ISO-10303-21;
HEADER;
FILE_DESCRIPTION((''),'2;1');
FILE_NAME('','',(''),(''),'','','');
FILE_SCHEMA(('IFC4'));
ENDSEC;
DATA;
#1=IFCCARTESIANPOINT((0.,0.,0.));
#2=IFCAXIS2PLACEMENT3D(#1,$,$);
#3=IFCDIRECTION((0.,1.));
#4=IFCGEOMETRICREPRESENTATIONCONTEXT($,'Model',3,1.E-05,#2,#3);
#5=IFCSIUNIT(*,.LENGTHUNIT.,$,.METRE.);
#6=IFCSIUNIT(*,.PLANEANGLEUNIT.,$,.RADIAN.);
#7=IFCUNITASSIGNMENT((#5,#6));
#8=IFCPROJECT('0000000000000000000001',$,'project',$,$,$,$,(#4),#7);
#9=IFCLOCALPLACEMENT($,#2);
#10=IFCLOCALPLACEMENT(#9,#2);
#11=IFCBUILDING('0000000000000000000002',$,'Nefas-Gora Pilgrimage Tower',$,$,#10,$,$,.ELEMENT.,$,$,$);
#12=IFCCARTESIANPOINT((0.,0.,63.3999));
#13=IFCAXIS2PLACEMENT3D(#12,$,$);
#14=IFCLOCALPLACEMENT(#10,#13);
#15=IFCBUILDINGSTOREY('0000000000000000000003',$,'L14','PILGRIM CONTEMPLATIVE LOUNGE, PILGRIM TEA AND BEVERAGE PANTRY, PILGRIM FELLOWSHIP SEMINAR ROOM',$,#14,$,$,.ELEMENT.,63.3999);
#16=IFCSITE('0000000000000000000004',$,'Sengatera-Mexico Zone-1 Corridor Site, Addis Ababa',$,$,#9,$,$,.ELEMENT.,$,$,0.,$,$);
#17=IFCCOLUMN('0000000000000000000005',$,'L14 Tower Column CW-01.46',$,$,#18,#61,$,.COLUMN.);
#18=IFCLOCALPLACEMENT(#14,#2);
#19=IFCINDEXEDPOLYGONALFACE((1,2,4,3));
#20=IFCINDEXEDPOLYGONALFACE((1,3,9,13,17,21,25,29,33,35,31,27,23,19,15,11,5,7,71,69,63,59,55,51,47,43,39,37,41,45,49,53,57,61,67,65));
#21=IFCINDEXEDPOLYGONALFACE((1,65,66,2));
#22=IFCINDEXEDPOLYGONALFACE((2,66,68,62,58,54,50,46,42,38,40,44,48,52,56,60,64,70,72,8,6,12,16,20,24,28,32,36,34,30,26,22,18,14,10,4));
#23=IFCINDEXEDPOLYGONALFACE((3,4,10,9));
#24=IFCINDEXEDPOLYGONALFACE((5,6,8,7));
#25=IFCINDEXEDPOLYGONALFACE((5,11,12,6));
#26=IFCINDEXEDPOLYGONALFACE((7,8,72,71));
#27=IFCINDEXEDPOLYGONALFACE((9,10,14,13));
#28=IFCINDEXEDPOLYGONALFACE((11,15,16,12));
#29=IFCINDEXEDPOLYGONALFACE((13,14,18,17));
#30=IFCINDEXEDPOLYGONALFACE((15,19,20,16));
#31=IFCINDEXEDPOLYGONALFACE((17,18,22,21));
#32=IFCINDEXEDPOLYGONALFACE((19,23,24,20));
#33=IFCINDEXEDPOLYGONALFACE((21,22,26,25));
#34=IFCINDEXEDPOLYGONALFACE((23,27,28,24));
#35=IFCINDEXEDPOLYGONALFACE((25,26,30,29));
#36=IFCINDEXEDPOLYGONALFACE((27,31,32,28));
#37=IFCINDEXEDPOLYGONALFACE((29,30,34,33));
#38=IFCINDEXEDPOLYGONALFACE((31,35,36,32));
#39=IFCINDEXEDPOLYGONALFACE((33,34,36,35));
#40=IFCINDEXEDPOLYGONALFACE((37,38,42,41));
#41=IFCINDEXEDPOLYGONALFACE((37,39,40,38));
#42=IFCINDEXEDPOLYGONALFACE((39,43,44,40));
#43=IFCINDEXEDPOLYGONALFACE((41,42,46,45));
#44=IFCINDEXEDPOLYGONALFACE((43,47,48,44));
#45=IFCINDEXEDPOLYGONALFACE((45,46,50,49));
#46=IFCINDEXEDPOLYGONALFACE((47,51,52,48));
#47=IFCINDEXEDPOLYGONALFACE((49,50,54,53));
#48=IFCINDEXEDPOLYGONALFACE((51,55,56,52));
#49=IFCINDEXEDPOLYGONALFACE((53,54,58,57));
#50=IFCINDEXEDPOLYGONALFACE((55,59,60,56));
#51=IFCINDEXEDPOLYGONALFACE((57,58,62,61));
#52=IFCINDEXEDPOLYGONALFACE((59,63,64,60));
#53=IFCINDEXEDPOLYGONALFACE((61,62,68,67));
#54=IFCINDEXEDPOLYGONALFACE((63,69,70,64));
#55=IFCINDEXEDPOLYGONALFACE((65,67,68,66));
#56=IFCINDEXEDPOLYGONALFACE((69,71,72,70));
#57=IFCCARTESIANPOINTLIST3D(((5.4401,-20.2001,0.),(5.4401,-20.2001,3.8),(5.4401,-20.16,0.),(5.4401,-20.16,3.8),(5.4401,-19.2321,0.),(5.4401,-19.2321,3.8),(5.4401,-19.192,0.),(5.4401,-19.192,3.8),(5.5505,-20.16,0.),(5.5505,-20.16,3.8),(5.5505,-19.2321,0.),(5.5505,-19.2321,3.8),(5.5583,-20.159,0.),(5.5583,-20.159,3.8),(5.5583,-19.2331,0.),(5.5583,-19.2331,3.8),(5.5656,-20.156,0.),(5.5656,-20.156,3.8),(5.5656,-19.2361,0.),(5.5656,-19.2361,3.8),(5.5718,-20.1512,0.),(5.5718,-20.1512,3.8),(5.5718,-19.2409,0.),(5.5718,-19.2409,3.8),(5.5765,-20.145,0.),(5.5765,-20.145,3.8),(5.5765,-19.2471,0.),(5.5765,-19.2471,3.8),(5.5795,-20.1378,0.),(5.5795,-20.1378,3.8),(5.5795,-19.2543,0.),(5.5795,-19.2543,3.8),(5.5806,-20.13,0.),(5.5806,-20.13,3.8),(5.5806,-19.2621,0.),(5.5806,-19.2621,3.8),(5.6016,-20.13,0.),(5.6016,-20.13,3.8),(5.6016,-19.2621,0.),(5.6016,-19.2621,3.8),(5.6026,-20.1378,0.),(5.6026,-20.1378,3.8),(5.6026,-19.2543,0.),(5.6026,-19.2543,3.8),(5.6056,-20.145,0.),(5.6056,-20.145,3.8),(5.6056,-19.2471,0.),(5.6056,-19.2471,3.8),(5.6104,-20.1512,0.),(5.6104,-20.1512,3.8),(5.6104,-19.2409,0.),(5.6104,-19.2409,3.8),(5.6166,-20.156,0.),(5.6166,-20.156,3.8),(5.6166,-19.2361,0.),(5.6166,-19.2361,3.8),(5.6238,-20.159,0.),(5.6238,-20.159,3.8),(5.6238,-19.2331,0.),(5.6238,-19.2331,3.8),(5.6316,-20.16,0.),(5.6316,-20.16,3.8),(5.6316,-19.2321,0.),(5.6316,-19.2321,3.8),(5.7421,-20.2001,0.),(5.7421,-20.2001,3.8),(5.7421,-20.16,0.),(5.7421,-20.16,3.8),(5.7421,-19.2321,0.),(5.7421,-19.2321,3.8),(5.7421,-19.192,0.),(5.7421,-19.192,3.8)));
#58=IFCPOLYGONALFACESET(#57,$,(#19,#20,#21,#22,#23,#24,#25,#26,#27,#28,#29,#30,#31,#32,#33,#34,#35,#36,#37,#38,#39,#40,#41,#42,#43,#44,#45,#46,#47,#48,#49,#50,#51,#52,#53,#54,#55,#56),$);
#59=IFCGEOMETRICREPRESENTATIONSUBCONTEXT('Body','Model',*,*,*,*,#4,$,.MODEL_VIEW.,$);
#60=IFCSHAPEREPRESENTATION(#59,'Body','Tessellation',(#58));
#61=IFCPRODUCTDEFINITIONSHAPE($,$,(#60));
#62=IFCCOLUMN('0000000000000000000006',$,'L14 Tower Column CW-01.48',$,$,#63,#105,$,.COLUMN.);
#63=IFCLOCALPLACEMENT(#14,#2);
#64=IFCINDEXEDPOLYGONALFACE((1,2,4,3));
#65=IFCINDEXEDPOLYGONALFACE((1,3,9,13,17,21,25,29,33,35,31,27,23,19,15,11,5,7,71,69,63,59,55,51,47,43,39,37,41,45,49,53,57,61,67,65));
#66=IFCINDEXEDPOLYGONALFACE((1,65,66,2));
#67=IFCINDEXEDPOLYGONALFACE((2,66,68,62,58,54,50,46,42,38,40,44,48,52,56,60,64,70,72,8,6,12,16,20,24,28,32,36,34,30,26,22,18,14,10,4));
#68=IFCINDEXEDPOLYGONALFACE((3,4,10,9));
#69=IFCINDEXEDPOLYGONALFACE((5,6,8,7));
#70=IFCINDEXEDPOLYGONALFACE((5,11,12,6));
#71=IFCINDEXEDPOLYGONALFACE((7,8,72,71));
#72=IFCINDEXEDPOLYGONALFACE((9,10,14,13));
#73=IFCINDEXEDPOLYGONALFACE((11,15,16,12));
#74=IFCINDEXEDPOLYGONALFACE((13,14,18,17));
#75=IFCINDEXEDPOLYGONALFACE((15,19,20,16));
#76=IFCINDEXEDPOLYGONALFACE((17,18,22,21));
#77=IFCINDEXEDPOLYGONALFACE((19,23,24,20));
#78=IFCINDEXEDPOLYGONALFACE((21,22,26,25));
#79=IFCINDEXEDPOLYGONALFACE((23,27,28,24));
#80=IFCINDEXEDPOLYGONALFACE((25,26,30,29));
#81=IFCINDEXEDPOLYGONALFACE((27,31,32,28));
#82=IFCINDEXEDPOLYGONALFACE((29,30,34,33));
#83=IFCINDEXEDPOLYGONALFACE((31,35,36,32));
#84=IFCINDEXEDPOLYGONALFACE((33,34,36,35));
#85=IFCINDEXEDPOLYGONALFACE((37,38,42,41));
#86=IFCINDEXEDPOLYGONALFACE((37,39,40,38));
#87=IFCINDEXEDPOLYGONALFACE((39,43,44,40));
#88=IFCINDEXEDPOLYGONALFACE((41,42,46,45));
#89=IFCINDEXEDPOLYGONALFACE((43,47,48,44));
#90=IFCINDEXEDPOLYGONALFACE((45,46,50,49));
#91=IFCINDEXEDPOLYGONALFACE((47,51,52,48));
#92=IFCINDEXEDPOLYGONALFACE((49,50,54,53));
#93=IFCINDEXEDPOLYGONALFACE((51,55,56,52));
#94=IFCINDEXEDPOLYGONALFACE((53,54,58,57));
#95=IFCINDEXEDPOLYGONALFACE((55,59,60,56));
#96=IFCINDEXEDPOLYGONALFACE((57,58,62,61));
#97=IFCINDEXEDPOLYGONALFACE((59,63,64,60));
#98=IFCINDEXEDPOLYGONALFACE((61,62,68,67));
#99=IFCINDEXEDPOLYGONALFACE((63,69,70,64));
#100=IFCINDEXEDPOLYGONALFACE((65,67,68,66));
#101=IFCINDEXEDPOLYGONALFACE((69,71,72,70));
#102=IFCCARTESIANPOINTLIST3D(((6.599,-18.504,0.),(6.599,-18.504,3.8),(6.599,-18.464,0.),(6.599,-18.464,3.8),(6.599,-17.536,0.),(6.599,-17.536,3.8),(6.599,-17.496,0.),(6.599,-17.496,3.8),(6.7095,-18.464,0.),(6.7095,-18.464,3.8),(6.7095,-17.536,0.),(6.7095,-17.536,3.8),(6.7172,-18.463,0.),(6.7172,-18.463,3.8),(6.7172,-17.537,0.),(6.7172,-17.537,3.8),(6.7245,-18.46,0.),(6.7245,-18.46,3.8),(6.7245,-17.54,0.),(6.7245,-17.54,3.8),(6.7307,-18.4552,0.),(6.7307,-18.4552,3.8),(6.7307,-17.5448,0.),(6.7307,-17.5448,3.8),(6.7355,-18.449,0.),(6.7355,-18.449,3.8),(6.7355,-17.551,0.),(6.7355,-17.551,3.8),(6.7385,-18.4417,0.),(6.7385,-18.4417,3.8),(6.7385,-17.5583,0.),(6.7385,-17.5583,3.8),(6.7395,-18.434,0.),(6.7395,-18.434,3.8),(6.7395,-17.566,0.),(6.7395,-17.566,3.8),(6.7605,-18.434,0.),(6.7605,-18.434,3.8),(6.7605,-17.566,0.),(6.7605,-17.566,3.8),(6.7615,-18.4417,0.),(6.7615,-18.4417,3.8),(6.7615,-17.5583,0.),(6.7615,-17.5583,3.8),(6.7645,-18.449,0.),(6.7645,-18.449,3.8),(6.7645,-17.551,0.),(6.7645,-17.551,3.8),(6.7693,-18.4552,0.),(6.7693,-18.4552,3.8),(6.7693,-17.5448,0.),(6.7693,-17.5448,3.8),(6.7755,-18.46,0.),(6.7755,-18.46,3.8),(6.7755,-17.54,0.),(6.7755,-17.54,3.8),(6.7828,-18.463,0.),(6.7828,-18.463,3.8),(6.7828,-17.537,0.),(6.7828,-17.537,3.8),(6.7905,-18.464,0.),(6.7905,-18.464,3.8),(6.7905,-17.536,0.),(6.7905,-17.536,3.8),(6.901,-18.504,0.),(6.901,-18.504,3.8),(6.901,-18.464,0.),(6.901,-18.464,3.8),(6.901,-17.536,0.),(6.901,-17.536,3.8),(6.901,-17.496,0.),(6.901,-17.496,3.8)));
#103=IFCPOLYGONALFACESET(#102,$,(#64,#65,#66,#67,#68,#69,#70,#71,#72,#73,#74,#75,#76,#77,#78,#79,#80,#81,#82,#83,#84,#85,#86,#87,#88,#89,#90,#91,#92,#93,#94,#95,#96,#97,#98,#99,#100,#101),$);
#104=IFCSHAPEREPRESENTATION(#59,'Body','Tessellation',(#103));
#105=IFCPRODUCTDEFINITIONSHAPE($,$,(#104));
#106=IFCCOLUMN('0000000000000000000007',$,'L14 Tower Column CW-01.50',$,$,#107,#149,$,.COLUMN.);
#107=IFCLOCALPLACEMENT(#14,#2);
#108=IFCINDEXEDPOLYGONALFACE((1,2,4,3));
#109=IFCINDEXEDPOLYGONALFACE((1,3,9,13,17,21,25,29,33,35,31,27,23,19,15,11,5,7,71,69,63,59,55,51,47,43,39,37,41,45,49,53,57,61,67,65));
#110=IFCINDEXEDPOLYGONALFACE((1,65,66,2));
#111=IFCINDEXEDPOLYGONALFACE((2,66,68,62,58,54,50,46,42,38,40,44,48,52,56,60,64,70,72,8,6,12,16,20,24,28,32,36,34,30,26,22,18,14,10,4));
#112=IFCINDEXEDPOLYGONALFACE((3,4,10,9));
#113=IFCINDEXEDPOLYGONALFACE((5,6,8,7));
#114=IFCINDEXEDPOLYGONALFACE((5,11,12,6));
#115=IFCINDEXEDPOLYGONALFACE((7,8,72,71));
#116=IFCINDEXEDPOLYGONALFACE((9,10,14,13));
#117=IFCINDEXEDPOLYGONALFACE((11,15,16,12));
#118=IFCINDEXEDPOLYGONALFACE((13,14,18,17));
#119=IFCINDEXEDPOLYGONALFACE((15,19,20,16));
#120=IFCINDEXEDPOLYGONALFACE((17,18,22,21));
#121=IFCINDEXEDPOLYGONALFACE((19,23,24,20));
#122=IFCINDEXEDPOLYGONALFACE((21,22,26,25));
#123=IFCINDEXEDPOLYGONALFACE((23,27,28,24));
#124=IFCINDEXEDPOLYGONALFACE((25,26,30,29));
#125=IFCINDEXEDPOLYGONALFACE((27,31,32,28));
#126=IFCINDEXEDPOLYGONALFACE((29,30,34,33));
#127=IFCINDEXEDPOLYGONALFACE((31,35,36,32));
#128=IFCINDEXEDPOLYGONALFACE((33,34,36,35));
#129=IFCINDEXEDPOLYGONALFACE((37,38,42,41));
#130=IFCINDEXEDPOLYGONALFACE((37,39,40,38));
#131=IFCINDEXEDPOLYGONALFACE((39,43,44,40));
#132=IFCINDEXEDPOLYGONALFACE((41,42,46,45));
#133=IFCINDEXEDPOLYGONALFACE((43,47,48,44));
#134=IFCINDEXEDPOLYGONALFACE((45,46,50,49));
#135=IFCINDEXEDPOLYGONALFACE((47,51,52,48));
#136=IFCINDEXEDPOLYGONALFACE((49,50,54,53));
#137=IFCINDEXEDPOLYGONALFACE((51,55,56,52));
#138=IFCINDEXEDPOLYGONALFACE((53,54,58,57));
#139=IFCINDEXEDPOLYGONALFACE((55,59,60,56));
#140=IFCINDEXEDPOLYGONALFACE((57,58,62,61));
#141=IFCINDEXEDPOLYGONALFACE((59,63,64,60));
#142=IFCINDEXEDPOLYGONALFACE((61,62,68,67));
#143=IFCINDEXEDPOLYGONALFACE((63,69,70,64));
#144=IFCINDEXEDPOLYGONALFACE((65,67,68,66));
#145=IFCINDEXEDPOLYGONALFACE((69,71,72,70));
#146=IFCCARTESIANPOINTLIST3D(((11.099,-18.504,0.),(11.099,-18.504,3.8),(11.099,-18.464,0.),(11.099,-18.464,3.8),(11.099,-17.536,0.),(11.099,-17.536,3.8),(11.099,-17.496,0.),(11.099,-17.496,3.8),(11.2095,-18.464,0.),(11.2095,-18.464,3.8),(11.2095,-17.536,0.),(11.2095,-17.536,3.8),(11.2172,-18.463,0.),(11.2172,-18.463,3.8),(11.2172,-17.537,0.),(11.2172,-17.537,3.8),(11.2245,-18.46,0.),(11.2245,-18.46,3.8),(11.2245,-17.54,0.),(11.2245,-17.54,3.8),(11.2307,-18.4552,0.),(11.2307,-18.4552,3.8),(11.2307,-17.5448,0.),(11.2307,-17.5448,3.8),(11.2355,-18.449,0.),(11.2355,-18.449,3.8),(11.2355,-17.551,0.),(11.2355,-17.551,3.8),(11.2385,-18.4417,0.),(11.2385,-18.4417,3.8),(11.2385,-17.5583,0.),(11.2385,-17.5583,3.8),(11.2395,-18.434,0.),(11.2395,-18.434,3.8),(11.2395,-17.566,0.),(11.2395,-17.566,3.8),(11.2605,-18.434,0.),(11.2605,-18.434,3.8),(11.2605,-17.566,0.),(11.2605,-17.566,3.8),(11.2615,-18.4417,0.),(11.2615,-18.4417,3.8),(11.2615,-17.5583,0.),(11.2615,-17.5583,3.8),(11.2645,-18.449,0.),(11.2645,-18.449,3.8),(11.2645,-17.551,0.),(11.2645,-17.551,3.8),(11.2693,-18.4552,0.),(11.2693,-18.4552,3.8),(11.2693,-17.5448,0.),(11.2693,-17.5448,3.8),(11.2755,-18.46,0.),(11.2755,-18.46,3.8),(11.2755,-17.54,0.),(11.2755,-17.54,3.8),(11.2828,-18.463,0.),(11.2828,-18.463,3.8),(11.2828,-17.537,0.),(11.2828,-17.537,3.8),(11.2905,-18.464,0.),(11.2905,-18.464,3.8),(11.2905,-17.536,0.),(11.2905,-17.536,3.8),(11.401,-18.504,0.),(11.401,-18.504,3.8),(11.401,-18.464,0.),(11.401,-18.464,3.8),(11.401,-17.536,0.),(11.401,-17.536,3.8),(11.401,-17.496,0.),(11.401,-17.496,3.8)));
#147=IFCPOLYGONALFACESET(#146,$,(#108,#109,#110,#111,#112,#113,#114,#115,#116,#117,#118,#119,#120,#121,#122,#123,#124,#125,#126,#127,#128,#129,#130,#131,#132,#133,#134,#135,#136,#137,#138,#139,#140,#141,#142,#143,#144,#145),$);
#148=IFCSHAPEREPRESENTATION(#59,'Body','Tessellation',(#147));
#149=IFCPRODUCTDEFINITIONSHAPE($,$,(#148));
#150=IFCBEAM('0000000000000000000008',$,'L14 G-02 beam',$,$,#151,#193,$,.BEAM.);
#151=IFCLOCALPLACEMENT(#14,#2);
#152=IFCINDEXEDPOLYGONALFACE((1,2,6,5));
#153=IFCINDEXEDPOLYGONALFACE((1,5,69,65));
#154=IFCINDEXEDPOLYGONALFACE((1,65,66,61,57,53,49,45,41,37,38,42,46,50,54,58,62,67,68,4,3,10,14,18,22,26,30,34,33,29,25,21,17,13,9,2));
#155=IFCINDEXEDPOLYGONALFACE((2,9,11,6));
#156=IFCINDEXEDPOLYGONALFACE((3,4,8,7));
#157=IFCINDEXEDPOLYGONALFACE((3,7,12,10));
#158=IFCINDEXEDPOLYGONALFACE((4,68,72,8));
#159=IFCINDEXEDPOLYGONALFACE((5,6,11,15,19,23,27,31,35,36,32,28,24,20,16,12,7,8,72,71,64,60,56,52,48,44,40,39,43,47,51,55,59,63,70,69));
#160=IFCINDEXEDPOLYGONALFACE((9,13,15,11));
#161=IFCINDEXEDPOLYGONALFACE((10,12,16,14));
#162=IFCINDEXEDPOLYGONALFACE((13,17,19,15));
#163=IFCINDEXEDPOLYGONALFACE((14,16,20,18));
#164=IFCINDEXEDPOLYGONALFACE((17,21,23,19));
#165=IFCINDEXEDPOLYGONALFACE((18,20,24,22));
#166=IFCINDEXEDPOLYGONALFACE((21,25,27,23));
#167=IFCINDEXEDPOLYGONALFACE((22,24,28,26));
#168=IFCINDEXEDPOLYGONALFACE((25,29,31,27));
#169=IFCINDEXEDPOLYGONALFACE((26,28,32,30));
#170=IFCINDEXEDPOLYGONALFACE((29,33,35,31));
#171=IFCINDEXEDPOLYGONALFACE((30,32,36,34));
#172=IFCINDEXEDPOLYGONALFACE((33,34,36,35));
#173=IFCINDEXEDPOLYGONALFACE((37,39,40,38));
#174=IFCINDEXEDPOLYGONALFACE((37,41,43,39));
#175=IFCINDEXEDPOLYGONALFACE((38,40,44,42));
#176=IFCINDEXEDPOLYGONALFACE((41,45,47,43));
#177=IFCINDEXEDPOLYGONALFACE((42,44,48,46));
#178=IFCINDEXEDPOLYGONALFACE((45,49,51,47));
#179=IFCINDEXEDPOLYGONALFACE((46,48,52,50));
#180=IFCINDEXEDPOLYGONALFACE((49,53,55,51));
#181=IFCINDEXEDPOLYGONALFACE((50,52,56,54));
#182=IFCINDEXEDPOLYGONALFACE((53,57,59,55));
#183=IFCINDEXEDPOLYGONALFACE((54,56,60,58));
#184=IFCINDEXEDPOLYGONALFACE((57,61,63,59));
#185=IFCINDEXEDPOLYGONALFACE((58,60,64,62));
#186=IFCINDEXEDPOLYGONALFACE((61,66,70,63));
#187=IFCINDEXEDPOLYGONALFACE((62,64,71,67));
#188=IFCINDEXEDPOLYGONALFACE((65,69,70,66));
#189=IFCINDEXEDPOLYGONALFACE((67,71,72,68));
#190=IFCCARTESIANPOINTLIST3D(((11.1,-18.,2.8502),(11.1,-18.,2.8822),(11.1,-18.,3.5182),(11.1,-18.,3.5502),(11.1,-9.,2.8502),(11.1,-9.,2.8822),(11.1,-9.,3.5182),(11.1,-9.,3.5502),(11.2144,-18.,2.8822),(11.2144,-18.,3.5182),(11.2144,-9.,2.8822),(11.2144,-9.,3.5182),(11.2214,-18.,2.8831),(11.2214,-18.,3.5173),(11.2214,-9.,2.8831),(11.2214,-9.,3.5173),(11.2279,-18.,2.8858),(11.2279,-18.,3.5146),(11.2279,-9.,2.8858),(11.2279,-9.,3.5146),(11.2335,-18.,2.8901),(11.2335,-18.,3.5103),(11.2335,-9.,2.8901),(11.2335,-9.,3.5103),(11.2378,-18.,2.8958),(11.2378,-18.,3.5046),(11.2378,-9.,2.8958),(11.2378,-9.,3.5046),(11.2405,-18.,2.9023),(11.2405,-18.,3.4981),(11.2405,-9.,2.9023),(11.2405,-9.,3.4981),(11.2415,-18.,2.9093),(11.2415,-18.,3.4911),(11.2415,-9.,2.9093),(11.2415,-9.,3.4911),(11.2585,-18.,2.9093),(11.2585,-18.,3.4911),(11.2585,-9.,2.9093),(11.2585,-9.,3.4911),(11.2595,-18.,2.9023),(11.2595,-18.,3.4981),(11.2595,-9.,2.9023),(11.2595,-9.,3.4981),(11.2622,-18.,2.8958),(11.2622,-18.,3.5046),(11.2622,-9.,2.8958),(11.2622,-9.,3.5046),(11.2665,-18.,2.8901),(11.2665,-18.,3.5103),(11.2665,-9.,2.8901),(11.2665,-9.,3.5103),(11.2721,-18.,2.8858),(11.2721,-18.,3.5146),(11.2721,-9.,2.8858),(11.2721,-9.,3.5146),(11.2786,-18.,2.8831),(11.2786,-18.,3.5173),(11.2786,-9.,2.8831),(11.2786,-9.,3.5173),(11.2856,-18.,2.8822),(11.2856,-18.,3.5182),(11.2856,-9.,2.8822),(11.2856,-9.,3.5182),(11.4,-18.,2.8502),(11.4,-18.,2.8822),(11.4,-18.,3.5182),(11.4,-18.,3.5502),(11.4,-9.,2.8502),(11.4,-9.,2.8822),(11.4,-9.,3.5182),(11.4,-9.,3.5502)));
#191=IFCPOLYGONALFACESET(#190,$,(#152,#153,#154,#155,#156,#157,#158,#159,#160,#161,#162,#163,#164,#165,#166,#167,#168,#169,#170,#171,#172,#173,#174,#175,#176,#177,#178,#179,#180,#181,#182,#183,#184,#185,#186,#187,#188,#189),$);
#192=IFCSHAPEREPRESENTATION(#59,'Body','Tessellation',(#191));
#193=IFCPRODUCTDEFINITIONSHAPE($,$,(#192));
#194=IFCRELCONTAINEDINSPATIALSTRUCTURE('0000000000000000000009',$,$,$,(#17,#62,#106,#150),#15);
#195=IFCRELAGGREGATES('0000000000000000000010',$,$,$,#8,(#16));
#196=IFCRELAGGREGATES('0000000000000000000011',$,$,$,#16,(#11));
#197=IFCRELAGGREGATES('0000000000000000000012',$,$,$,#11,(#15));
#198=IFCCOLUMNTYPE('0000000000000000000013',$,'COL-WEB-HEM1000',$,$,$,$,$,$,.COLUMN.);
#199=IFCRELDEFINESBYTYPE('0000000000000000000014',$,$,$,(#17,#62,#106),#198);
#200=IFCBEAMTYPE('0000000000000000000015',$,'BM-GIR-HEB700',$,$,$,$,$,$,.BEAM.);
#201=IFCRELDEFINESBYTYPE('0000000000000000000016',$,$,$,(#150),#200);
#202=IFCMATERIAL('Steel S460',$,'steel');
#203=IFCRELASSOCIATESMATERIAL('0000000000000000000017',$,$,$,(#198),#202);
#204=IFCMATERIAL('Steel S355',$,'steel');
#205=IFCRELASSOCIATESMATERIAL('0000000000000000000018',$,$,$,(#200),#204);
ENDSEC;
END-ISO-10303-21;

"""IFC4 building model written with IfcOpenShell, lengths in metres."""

from ifc_helpers import new_model, si_unit, direction, frame, origin, origin_2d, place, context, subcontext, project, spatial, i_section, extrude, source, transform, mapped, material, material_profile, profile_set, type_object, element, save


model = new_model("IFC4")

# Units and contexts
model_context = context("Model", 3, precision=1e-05, world=origin(), true_north=direction((0.0, 1.0)))
body_context = subcontext(model_context, "Body", "Model", "MODEL_VIEW")
ifc_project = project(units=[si_unit("LENGTHUNIT", "METRE"), si_unit("PLANEANGLEUNIT", "RADIAN")], contexts=[model_context])

# Site, building, storey
site_placement = place(None, origin())
site = spatial("IfcSite", under=ifc_project, at=site_placement, Name="Sengatera-Mexico Zone-1 Corridor Site, Addis Ababa", CompositionType="ELEMENT", RefElevation=0.0)
building_placement = place(site_placement, origin())
building = spatial("IfcBuilding", under=site, at=building_placement, Name="Nefas-Gora Pilgrimage Tower", CompositionType="ELEMENT")
storey_placement = place(building_placement, frame((0.0, 0.0, 63.3999)))
storey = spatial("IfcBuildingStorey", under=building, at=storey_placement, Name="L14", Description="PILGRIM CONTEMPLATIVE LOUNGE, PILGRIM TEA AND BEVERAGE PANTRY, PILGRIM FELLOWSHIP SEMINAR ROOM", CompositionType="ELEMENT", Elevation=63.3999)

# Columns
ifc_material_1 = material(Name="Steel S460", Category="steel")
ifc_material_profile_1 = material_profile(ifc_material_1, i_section(OverallWidth=0.302, OverallDepth=1.0081, WebThickness=0.021, FlangeThickness=0.04, FilletRadius=0.03, at=origin_2d()), Name="HEM 1000")
ifc_profile_set_1 = profile_set([ifc_material_profile_1], Name="Steel S460")
column_type_1 = type_object("IfcColumnType", Name="COL-WEB-HEM1000", PredefinedType="COLUMN", material=ifc_profile_set_1)
shared_shape_1 = source(origin(), body_context, "Body", "SweptSolid", [
    extrude(i_section(OverallWidth=0.302, OverallDepth=1.0081, WebThickness=0.021, FlangeThickness=0.04, FilletRadius=0.03, at=origin_2d()), origin(), (0.0, 0.0, 1.0), 3.8),
])
for number, where, z_axis, x_axis, name in (
    (1, (5.5911, -19.696, 0.0), (0.0, 0.0, 1.0), (1.0, 0.0, 0.0), "L14 Tower Column CW-01.46"),
    (2, (6.75, -18.0, 0.0), (0.0, 0.0, 1.0), (1.0, 0.0, 0.0), "L14 Tower Column CW-01.48"),
    (3, (11.25, -18.0, 0.0), (0.0, 0.0, 1.0), (1.0, 0.0, 0.0), "L14 Tower Column CW-01.50"),
):
    element("IfcColumn", number, at=place(storey_placement, frame(where, z_axis=z_axis, x_axis=x_axis)), inside=storey, type_object=column_type_1, Name=name, PredefinedType="COLUMN", context=body_context, shape_type="MappedRepresentation", body=[
        mapped(shared_shape_1, transform((0.0, 0.0, 0.0), x_axis=(1.0, 0.0, 0.0), y_axis=(0.0, 1.0, 0.0), z_axis=(0.0, 0.0, 1.0), scale=1.0)),
    ])

# Beam
ifc_material_2 = material(Name="Steel S355", Category="steel")
ifc_material_profile_2 = material_profile(ifc_material_2, i_section(OverallWidth=0.3, OverallDepth=0.7, WebThickness=0.0171, FlangeThickness=0.032, FilletRadius=0.0271, at=origin_2d()), Name="HEB 700")
ifc_profile_set_2 = profile_set([ifc_material_profile_2], Name="Steel S355")
beam_type_1 = type_object("IfcBeamType", Name="BM-GIR-HEB700", PredefinedType="BEAM", material=ifc_profile_set_2)
shared_shape_2 = source(origin(), body_context, "Body", "SweptSolid", [
    extrude(i_section(OverallWidth=0.3, OverallDepth=0.7, WebThickness=0.0171, FlangeThickness=0.032, FilletRadius=0.0271, at=origin_2d()), origin(), (0.0, 0.0, 1.0), 9.0),
])
beam_1_placement = place(storey_placement, frame((11.25, -18.0, 3.2002), z_axis=(0.0, 1.0, 0.0), x_axis=(-1.0, 0.0, 0.0)))
element("IfcBeam", 4, at=beam_1_placement, inside=storey, type_object=beam_type_1, Name="L14 G-02 beam", PredefinedType="BEAM", context=body_context, shape_type="MappedRepresentation", body=[
    mapped(shared_shape_2, transform((0.0, 0.0, 0.0), x_axis=(1.0, 0.0, 0.0), y_axis=(0.0, 1.0, 0.0), z_axis=(0.0, 0.0, 1.0), scale=1.0)),
])

save(model, "model.ifc")
